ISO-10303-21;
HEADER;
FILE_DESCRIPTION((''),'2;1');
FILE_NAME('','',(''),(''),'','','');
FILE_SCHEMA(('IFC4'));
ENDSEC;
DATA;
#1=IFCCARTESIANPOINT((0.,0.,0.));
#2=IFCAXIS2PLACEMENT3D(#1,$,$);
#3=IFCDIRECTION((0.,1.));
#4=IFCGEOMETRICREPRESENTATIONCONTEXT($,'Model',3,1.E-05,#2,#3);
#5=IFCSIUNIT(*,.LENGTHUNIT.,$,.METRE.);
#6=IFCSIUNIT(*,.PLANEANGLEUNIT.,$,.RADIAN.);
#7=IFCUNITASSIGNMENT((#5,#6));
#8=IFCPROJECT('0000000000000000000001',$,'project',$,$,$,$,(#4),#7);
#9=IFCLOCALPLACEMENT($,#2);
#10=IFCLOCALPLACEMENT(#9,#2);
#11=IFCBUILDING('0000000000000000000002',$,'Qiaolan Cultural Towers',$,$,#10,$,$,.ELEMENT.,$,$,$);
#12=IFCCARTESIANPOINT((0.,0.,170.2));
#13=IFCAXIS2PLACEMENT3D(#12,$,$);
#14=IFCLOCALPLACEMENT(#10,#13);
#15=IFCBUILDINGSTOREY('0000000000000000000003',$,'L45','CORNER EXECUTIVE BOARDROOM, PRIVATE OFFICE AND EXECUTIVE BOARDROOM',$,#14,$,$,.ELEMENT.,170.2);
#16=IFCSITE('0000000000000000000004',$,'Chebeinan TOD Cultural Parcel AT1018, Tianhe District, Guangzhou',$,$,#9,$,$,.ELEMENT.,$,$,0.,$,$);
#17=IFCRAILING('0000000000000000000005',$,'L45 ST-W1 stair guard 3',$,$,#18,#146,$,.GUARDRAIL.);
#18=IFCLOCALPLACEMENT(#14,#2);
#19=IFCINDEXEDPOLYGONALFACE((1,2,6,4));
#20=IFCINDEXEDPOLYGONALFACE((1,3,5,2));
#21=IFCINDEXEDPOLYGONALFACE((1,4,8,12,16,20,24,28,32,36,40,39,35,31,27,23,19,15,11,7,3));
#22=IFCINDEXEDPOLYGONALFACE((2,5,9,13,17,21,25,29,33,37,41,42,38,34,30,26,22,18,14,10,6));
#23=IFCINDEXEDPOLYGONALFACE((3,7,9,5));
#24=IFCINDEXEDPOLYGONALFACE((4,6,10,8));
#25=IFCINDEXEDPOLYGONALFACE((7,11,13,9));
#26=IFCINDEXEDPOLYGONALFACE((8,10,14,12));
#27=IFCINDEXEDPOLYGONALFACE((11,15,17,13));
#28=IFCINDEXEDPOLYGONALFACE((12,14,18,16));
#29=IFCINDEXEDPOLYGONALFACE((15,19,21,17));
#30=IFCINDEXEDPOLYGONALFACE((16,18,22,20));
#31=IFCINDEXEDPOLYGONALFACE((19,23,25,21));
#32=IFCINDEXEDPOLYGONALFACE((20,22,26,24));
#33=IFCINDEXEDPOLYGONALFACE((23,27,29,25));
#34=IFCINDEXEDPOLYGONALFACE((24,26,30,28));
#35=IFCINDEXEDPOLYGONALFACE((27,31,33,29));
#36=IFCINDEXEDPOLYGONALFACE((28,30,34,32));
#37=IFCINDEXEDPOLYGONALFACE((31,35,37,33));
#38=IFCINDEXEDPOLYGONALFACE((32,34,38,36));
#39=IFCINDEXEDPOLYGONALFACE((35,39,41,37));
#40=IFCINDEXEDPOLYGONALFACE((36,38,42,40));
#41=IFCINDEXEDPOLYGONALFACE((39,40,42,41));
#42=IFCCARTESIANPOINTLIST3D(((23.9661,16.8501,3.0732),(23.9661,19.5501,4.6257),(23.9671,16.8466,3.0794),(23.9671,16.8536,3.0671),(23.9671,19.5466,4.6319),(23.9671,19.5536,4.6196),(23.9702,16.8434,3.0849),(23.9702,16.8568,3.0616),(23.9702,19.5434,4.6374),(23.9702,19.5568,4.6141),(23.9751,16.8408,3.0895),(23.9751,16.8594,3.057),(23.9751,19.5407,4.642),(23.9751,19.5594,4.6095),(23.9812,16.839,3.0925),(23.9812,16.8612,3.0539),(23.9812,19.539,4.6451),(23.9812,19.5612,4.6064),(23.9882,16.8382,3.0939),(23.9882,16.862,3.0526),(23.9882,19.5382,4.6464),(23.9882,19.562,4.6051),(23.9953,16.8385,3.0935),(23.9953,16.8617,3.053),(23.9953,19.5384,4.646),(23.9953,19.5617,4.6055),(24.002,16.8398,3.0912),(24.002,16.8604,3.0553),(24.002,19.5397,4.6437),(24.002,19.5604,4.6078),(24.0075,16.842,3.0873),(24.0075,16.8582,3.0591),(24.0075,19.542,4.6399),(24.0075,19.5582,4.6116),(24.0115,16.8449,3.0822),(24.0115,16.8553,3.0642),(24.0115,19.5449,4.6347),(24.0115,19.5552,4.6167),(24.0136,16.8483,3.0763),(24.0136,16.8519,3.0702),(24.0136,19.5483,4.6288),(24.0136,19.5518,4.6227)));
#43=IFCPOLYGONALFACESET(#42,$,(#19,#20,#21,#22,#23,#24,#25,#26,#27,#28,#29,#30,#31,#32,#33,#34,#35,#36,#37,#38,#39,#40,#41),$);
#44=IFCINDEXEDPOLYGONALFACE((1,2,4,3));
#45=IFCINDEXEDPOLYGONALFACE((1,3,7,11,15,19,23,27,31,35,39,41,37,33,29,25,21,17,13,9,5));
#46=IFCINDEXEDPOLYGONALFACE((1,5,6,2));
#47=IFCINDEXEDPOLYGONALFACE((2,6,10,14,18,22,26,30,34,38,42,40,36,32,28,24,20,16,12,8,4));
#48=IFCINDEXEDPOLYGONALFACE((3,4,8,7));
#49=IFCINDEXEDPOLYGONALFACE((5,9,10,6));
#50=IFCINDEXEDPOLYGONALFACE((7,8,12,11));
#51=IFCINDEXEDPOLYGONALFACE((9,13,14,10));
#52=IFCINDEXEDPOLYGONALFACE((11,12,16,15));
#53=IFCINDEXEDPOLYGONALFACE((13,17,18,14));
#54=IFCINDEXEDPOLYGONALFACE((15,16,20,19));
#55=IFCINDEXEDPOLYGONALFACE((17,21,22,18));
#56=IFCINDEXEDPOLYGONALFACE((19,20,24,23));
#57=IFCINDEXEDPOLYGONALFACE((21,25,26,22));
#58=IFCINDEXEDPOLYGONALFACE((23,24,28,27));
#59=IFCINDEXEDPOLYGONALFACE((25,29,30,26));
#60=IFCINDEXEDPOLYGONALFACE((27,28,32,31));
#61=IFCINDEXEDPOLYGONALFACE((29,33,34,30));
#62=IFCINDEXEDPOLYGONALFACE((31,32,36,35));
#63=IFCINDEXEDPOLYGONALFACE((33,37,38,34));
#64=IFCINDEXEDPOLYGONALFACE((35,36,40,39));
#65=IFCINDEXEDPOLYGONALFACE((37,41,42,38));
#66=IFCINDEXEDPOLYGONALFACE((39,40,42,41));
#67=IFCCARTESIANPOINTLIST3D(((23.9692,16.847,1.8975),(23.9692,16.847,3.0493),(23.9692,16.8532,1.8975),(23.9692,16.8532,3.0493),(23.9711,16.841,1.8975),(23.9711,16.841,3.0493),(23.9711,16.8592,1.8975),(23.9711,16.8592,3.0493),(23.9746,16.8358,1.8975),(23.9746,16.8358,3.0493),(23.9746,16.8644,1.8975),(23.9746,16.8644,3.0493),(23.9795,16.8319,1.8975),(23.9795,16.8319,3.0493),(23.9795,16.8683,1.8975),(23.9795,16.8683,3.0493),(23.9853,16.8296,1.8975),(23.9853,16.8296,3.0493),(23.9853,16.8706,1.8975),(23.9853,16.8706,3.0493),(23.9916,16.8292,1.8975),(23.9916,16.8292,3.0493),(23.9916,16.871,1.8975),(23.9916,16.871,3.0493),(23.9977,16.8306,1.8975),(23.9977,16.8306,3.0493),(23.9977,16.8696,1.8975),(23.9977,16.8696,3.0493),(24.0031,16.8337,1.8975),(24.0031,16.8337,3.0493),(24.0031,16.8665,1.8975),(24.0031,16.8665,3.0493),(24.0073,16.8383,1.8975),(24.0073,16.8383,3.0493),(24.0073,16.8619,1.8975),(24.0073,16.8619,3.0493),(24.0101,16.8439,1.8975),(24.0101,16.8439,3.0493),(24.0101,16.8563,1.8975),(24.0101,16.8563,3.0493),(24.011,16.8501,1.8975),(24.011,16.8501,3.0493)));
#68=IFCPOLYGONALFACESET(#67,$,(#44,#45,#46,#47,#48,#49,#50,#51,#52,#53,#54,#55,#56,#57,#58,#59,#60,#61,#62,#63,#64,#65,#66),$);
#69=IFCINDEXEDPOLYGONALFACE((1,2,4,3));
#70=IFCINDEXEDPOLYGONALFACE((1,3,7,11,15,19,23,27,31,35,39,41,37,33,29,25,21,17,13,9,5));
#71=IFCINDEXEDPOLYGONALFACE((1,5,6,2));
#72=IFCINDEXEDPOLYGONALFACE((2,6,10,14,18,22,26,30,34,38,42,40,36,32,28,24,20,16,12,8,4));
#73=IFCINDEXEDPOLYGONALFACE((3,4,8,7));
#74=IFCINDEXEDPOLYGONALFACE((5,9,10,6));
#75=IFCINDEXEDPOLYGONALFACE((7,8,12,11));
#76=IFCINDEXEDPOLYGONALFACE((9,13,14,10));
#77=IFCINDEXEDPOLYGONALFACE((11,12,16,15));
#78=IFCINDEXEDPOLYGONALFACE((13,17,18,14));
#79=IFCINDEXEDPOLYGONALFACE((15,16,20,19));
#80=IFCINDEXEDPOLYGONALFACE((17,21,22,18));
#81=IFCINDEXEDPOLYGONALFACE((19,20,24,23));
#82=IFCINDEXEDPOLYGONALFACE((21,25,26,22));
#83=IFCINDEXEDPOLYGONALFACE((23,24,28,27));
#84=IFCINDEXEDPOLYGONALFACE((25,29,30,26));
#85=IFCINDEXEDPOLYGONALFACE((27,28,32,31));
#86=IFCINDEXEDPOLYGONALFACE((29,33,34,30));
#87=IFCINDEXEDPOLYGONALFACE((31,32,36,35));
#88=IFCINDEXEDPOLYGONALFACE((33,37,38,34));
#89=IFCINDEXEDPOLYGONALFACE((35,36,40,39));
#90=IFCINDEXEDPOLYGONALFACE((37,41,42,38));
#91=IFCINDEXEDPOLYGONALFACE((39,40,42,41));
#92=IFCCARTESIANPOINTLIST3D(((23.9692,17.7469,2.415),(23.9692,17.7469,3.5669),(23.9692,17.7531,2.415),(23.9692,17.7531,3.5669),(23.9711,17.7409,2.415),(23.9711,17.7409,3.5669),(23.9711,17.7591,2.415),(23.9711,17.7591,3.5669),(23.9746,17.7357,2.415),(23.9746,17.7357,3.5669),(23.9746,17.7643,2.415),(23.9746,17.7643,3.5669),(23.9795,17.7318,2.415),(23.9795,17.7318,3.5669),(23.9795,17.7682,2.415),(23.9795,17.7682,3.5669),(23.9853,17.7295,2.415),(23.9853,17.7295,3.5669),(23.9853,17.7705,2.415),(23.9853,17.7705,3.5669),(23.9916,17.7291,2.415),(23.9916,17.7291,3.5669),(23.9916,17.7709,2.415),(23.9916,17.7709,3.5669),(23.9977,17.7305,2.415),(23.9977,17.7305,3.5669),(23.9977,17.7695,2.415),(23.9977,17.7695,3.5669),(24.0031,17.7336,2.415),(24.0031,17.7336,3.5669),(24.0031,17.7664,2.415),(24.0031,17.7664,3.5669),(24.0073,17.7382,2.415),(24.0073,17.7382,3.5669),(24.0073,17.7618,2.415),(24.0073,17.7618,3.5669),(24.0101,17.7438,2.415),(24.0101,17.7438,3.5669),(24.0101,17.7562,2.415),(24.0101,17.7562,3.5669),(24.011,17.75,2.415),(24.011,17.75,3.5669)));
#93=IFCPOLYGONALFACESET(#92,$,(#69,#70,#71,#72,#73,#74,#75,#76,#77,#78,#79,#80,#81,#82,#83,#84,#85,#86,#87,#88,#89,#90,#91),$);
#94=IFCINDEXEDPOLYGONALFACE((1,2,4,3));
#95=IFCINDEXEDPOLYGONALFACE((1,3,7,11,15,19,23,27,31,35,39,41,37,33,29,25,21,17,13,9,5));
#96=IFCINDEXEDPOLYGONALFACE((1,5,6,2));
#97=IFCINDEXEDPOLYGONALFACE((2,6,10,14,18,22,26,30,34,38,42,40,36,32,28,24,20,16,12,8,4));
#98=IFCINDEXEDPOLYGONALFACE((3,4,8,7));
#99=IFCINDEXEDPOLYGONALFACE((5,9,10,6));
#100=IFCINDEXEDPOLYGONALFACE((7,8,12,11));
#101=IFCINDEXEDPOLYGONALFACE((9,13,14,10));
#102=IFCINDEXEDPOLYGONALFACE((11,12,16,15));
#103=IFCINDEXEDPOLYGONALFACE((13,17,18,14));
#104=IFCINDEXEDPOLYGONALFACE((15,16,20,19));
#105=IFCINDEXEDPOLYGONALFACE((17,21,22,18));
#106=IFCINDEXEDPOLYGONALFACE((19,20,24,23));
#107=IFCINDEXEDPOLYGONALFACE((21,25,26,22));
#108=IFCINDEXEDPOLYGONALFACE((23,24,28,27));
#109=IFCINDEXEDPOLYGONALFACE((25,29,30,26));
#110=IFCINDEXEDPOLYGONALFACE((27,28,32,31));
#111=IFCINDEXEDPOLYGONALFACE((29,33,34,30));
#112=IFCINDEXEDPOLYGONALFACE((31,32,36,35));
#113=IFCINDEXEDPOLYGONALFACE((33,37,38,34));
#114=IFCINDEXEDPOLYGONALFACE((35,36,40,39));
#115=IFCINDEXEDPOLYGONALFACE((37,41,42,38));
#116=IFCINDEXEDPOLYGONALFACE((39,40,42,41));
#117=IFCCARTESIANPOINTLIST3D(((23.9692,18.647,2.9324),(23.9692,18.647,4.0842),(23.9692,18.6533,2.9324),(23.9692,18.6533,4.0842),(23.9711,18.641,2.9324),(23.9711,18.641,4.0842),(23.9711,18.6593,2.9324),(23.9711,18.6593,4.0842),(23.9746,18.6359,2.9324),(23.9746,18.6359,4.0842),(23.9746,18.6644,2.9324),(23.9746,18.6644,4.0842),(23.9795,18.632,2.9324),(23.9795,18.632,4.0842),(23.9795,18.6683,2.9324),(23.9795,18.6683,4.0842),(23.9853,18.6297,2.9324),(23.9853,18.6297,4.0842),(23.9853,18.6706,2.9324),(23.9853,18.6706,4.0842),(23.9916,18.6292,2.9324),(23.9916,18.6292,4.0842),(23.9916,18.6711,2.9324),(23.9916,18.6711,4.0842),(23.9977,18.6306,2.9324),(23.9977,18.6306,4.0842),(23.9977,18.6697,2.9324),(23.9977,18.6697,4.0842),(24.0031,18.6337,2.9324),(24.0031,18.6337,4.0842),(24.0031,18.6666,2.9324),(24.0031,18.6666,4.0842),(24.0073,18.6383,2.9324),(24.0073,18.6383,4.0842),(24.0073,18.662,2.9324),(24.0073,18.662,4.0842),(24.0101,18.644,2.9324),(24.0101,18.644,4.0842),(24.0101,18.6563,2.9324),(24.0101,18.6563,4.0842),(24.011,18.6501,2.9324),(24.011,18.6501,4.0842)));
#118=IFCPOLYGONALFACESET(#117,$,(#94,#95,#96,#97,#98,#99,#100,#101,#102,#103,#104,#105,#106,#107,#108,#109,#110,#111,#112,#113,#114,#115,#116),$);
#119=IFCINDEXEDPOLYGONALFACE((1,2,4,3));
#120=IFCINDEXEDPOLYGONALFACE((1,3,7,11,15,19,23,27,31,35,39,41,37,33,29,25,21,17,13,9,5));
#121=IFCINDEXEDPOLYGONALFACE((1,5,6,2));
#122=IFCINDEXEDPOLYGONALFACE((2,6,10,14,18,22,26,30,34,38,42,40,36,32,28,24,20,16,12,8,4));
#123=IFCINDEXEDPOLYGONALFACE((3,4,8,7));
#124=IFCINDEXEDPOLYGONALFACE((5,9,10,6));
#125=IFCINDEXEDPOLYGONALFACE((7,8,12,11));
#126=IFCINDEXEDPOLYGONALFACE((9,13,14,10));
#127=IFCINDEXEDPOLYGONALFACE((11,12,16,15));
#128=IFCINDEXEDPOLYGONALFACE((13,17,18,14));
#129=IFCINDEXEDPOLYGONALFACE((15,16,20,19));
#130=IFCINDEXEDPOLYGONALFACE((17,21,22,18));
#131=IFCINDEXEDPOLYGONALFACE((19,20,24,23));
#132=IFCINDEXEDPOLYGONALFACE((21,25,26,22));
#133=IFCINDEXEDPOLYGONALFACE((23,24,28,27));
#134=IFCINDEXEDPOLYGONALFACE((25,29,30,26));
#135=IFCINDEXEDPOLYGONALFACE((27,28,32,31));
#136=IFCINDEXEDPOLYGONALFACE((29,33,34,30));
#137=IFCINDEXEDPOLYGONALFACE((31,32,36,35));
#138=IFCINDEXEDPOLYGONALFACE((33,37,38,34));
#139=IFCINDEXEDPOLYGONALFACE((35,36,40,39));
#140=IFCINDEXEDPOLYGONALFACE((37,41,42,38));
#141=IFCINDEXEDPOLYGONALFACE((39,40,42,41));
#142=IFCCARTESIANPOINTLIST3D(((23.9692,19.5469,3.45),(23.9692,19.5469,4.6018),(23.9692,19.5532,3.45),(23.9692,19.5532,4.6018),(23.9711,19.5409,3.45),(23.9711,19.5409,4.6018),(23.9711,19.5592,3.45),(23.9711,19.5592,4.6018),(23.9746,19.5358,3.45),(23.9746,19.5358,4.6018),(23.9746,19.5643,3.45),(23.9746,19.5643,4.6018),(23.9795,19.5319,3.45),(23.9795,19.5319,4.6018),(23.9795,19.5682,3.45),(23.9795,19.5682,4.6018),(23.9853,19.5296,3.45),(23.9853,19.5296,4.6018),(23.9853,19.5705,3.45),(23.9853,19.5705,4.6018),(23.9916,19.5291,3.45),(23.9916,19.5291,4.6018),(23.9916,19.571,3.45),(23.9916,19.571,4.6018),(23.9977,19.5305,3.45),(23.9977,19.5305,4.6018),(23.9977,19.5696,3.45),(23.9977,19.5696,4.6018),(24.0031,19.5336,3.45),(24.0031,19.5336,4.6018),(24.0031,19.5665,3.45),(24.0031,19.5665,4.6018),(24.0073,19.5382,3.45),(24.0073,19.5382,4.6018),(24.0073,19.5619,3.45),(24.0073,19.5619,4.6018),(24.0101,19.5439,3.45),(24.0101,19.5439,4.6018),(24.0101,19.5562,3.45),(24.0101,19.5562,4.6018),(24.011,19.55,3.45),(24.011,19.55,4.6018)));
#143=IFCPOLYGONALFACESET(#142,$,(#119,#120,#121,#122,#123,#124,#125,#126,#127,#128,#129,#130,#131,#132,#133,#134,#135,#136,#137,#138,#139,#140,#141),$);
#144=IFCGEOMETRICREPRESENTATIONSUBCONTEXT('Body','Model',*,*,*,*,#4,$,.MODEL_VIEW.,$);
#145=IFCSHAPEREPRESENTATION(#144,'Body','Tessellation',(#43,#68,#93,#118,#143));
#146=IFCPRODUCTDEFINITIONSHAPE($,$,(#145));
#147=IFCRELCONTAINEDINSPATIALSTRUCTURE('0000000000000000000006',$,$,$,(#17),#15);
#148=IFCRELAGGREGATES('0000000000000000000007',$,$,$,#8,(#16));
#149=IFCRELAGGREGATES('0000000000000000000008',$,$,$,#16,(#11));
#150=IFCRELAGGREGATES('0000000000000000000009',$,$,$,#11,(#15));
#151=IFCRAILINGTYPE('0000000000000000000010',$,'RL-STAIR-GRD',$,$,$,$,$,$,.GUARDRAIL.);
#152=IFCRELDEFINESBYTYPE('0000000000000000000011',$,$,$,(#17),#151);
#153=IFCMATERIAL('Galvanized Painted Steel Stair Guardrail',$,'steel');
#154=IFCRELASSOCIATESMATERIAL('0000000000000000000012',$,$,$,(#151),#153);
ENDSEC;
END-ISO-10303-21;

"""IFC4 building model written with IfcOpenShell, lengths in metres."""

from ifc_helpers import new_model, si_unit, direction, frame, origin, origin_2d, place, context, subcontext, project, spatial, circle, extrude, material, type_object, element, save


model = new_model("IFC4")

# Units and contexts
model_context = context("Model", 3, precision=1e-05, world=origin(), true_north=direction((0.0, 1.0)))
body_context = subcontext(model_context, "Body", "Model", "MODEL_VIEW")
ifc_project = project(units=[si_unit("LENGTHUNIT", "METRE"), si_unit("PLANEANGLEUNIT", "RADIAN")], contexts=[model_context])

# Site, building, storey
site_placement = place(None, origin())
site = spatial("IfcSite", under=ifc_project, at=site_placement, Name="Chebeinan TOD Cultural Parcel AT1018, Tianhe District, Guangzhou", CompositionType="ELEMENT", RefElevation=0.0)
building_placement = place(site_placement, origin())
building = spatial("IfcBuilding", under=site, at=building_placement, Name="Qiaolan Cultural Towers", CompositionType="ELEMENT")
storey_placement = place(building_placement, frame((0.0, 0.0, 170.2)))
storey = spatial("IfcBuildingStorey", under=building, at=storey_placement, Name="L45", Description="CORNER EXECUTIVE BOARDROOM, PRIVATE OFFICE AND EXECUTIVE BOARDROOM", CompositionType="ELEMENT", Elevation=170.2)

# Railing
ifc_material_1 = material(Name="Galvanized Painted Steel Stair Guardrail", Category="steel")
railing_type_1 = type_object("IfcRailingType", Name="RL-STAIR-GRD", PredefinedType="GUARDRAIL", material=ifc_material_1)
railing_1_placement = place(storey_placement, frame((23.99, 16.8501, 1.8975)))
element("IfcRailing", 1, at=railing_1_placement, inside=storey, type_object=railing_type_1, Name="L45 ST-W1 stair guard 3", PredefinedType="GUARDRAIL", context=body_context, shape_type="SweptSolid", body=[
    extrude(circle(Radius=0.0239, at=origin_2d()), frame((0.0, 0.0, 1.1758), z_axis=(0.0, 0.866904, 0.498476), x_axis=(-1.0, 0.0, 0.0)), (0.0, 0.0, 1.0), 3.1145),
    extrude(circle(Radius=0.021, at=origin_2d()), origin(), (0.0, 0.0, 1.0), 1.1519),
    extrude(circle(Radius=0.021, at=origin_2d()), frame((0.0, 0.8999, 0.5176)), (0.0, 0.0, 1.0), 1.1519),
    extrude(circle(Radius=0.021, at=origin_2d()), frame((0.0, 1.8, 1.0349)), (0.0, 0.0, 1.0), 1.1519),
    extrude(circle(Radius=0.021, at=origin_2d()), frame((0.0, 2.7, 1.5525)), (0.0, 0.0, 1.0), 1.1519),
])

save(model, "model.ifc")
